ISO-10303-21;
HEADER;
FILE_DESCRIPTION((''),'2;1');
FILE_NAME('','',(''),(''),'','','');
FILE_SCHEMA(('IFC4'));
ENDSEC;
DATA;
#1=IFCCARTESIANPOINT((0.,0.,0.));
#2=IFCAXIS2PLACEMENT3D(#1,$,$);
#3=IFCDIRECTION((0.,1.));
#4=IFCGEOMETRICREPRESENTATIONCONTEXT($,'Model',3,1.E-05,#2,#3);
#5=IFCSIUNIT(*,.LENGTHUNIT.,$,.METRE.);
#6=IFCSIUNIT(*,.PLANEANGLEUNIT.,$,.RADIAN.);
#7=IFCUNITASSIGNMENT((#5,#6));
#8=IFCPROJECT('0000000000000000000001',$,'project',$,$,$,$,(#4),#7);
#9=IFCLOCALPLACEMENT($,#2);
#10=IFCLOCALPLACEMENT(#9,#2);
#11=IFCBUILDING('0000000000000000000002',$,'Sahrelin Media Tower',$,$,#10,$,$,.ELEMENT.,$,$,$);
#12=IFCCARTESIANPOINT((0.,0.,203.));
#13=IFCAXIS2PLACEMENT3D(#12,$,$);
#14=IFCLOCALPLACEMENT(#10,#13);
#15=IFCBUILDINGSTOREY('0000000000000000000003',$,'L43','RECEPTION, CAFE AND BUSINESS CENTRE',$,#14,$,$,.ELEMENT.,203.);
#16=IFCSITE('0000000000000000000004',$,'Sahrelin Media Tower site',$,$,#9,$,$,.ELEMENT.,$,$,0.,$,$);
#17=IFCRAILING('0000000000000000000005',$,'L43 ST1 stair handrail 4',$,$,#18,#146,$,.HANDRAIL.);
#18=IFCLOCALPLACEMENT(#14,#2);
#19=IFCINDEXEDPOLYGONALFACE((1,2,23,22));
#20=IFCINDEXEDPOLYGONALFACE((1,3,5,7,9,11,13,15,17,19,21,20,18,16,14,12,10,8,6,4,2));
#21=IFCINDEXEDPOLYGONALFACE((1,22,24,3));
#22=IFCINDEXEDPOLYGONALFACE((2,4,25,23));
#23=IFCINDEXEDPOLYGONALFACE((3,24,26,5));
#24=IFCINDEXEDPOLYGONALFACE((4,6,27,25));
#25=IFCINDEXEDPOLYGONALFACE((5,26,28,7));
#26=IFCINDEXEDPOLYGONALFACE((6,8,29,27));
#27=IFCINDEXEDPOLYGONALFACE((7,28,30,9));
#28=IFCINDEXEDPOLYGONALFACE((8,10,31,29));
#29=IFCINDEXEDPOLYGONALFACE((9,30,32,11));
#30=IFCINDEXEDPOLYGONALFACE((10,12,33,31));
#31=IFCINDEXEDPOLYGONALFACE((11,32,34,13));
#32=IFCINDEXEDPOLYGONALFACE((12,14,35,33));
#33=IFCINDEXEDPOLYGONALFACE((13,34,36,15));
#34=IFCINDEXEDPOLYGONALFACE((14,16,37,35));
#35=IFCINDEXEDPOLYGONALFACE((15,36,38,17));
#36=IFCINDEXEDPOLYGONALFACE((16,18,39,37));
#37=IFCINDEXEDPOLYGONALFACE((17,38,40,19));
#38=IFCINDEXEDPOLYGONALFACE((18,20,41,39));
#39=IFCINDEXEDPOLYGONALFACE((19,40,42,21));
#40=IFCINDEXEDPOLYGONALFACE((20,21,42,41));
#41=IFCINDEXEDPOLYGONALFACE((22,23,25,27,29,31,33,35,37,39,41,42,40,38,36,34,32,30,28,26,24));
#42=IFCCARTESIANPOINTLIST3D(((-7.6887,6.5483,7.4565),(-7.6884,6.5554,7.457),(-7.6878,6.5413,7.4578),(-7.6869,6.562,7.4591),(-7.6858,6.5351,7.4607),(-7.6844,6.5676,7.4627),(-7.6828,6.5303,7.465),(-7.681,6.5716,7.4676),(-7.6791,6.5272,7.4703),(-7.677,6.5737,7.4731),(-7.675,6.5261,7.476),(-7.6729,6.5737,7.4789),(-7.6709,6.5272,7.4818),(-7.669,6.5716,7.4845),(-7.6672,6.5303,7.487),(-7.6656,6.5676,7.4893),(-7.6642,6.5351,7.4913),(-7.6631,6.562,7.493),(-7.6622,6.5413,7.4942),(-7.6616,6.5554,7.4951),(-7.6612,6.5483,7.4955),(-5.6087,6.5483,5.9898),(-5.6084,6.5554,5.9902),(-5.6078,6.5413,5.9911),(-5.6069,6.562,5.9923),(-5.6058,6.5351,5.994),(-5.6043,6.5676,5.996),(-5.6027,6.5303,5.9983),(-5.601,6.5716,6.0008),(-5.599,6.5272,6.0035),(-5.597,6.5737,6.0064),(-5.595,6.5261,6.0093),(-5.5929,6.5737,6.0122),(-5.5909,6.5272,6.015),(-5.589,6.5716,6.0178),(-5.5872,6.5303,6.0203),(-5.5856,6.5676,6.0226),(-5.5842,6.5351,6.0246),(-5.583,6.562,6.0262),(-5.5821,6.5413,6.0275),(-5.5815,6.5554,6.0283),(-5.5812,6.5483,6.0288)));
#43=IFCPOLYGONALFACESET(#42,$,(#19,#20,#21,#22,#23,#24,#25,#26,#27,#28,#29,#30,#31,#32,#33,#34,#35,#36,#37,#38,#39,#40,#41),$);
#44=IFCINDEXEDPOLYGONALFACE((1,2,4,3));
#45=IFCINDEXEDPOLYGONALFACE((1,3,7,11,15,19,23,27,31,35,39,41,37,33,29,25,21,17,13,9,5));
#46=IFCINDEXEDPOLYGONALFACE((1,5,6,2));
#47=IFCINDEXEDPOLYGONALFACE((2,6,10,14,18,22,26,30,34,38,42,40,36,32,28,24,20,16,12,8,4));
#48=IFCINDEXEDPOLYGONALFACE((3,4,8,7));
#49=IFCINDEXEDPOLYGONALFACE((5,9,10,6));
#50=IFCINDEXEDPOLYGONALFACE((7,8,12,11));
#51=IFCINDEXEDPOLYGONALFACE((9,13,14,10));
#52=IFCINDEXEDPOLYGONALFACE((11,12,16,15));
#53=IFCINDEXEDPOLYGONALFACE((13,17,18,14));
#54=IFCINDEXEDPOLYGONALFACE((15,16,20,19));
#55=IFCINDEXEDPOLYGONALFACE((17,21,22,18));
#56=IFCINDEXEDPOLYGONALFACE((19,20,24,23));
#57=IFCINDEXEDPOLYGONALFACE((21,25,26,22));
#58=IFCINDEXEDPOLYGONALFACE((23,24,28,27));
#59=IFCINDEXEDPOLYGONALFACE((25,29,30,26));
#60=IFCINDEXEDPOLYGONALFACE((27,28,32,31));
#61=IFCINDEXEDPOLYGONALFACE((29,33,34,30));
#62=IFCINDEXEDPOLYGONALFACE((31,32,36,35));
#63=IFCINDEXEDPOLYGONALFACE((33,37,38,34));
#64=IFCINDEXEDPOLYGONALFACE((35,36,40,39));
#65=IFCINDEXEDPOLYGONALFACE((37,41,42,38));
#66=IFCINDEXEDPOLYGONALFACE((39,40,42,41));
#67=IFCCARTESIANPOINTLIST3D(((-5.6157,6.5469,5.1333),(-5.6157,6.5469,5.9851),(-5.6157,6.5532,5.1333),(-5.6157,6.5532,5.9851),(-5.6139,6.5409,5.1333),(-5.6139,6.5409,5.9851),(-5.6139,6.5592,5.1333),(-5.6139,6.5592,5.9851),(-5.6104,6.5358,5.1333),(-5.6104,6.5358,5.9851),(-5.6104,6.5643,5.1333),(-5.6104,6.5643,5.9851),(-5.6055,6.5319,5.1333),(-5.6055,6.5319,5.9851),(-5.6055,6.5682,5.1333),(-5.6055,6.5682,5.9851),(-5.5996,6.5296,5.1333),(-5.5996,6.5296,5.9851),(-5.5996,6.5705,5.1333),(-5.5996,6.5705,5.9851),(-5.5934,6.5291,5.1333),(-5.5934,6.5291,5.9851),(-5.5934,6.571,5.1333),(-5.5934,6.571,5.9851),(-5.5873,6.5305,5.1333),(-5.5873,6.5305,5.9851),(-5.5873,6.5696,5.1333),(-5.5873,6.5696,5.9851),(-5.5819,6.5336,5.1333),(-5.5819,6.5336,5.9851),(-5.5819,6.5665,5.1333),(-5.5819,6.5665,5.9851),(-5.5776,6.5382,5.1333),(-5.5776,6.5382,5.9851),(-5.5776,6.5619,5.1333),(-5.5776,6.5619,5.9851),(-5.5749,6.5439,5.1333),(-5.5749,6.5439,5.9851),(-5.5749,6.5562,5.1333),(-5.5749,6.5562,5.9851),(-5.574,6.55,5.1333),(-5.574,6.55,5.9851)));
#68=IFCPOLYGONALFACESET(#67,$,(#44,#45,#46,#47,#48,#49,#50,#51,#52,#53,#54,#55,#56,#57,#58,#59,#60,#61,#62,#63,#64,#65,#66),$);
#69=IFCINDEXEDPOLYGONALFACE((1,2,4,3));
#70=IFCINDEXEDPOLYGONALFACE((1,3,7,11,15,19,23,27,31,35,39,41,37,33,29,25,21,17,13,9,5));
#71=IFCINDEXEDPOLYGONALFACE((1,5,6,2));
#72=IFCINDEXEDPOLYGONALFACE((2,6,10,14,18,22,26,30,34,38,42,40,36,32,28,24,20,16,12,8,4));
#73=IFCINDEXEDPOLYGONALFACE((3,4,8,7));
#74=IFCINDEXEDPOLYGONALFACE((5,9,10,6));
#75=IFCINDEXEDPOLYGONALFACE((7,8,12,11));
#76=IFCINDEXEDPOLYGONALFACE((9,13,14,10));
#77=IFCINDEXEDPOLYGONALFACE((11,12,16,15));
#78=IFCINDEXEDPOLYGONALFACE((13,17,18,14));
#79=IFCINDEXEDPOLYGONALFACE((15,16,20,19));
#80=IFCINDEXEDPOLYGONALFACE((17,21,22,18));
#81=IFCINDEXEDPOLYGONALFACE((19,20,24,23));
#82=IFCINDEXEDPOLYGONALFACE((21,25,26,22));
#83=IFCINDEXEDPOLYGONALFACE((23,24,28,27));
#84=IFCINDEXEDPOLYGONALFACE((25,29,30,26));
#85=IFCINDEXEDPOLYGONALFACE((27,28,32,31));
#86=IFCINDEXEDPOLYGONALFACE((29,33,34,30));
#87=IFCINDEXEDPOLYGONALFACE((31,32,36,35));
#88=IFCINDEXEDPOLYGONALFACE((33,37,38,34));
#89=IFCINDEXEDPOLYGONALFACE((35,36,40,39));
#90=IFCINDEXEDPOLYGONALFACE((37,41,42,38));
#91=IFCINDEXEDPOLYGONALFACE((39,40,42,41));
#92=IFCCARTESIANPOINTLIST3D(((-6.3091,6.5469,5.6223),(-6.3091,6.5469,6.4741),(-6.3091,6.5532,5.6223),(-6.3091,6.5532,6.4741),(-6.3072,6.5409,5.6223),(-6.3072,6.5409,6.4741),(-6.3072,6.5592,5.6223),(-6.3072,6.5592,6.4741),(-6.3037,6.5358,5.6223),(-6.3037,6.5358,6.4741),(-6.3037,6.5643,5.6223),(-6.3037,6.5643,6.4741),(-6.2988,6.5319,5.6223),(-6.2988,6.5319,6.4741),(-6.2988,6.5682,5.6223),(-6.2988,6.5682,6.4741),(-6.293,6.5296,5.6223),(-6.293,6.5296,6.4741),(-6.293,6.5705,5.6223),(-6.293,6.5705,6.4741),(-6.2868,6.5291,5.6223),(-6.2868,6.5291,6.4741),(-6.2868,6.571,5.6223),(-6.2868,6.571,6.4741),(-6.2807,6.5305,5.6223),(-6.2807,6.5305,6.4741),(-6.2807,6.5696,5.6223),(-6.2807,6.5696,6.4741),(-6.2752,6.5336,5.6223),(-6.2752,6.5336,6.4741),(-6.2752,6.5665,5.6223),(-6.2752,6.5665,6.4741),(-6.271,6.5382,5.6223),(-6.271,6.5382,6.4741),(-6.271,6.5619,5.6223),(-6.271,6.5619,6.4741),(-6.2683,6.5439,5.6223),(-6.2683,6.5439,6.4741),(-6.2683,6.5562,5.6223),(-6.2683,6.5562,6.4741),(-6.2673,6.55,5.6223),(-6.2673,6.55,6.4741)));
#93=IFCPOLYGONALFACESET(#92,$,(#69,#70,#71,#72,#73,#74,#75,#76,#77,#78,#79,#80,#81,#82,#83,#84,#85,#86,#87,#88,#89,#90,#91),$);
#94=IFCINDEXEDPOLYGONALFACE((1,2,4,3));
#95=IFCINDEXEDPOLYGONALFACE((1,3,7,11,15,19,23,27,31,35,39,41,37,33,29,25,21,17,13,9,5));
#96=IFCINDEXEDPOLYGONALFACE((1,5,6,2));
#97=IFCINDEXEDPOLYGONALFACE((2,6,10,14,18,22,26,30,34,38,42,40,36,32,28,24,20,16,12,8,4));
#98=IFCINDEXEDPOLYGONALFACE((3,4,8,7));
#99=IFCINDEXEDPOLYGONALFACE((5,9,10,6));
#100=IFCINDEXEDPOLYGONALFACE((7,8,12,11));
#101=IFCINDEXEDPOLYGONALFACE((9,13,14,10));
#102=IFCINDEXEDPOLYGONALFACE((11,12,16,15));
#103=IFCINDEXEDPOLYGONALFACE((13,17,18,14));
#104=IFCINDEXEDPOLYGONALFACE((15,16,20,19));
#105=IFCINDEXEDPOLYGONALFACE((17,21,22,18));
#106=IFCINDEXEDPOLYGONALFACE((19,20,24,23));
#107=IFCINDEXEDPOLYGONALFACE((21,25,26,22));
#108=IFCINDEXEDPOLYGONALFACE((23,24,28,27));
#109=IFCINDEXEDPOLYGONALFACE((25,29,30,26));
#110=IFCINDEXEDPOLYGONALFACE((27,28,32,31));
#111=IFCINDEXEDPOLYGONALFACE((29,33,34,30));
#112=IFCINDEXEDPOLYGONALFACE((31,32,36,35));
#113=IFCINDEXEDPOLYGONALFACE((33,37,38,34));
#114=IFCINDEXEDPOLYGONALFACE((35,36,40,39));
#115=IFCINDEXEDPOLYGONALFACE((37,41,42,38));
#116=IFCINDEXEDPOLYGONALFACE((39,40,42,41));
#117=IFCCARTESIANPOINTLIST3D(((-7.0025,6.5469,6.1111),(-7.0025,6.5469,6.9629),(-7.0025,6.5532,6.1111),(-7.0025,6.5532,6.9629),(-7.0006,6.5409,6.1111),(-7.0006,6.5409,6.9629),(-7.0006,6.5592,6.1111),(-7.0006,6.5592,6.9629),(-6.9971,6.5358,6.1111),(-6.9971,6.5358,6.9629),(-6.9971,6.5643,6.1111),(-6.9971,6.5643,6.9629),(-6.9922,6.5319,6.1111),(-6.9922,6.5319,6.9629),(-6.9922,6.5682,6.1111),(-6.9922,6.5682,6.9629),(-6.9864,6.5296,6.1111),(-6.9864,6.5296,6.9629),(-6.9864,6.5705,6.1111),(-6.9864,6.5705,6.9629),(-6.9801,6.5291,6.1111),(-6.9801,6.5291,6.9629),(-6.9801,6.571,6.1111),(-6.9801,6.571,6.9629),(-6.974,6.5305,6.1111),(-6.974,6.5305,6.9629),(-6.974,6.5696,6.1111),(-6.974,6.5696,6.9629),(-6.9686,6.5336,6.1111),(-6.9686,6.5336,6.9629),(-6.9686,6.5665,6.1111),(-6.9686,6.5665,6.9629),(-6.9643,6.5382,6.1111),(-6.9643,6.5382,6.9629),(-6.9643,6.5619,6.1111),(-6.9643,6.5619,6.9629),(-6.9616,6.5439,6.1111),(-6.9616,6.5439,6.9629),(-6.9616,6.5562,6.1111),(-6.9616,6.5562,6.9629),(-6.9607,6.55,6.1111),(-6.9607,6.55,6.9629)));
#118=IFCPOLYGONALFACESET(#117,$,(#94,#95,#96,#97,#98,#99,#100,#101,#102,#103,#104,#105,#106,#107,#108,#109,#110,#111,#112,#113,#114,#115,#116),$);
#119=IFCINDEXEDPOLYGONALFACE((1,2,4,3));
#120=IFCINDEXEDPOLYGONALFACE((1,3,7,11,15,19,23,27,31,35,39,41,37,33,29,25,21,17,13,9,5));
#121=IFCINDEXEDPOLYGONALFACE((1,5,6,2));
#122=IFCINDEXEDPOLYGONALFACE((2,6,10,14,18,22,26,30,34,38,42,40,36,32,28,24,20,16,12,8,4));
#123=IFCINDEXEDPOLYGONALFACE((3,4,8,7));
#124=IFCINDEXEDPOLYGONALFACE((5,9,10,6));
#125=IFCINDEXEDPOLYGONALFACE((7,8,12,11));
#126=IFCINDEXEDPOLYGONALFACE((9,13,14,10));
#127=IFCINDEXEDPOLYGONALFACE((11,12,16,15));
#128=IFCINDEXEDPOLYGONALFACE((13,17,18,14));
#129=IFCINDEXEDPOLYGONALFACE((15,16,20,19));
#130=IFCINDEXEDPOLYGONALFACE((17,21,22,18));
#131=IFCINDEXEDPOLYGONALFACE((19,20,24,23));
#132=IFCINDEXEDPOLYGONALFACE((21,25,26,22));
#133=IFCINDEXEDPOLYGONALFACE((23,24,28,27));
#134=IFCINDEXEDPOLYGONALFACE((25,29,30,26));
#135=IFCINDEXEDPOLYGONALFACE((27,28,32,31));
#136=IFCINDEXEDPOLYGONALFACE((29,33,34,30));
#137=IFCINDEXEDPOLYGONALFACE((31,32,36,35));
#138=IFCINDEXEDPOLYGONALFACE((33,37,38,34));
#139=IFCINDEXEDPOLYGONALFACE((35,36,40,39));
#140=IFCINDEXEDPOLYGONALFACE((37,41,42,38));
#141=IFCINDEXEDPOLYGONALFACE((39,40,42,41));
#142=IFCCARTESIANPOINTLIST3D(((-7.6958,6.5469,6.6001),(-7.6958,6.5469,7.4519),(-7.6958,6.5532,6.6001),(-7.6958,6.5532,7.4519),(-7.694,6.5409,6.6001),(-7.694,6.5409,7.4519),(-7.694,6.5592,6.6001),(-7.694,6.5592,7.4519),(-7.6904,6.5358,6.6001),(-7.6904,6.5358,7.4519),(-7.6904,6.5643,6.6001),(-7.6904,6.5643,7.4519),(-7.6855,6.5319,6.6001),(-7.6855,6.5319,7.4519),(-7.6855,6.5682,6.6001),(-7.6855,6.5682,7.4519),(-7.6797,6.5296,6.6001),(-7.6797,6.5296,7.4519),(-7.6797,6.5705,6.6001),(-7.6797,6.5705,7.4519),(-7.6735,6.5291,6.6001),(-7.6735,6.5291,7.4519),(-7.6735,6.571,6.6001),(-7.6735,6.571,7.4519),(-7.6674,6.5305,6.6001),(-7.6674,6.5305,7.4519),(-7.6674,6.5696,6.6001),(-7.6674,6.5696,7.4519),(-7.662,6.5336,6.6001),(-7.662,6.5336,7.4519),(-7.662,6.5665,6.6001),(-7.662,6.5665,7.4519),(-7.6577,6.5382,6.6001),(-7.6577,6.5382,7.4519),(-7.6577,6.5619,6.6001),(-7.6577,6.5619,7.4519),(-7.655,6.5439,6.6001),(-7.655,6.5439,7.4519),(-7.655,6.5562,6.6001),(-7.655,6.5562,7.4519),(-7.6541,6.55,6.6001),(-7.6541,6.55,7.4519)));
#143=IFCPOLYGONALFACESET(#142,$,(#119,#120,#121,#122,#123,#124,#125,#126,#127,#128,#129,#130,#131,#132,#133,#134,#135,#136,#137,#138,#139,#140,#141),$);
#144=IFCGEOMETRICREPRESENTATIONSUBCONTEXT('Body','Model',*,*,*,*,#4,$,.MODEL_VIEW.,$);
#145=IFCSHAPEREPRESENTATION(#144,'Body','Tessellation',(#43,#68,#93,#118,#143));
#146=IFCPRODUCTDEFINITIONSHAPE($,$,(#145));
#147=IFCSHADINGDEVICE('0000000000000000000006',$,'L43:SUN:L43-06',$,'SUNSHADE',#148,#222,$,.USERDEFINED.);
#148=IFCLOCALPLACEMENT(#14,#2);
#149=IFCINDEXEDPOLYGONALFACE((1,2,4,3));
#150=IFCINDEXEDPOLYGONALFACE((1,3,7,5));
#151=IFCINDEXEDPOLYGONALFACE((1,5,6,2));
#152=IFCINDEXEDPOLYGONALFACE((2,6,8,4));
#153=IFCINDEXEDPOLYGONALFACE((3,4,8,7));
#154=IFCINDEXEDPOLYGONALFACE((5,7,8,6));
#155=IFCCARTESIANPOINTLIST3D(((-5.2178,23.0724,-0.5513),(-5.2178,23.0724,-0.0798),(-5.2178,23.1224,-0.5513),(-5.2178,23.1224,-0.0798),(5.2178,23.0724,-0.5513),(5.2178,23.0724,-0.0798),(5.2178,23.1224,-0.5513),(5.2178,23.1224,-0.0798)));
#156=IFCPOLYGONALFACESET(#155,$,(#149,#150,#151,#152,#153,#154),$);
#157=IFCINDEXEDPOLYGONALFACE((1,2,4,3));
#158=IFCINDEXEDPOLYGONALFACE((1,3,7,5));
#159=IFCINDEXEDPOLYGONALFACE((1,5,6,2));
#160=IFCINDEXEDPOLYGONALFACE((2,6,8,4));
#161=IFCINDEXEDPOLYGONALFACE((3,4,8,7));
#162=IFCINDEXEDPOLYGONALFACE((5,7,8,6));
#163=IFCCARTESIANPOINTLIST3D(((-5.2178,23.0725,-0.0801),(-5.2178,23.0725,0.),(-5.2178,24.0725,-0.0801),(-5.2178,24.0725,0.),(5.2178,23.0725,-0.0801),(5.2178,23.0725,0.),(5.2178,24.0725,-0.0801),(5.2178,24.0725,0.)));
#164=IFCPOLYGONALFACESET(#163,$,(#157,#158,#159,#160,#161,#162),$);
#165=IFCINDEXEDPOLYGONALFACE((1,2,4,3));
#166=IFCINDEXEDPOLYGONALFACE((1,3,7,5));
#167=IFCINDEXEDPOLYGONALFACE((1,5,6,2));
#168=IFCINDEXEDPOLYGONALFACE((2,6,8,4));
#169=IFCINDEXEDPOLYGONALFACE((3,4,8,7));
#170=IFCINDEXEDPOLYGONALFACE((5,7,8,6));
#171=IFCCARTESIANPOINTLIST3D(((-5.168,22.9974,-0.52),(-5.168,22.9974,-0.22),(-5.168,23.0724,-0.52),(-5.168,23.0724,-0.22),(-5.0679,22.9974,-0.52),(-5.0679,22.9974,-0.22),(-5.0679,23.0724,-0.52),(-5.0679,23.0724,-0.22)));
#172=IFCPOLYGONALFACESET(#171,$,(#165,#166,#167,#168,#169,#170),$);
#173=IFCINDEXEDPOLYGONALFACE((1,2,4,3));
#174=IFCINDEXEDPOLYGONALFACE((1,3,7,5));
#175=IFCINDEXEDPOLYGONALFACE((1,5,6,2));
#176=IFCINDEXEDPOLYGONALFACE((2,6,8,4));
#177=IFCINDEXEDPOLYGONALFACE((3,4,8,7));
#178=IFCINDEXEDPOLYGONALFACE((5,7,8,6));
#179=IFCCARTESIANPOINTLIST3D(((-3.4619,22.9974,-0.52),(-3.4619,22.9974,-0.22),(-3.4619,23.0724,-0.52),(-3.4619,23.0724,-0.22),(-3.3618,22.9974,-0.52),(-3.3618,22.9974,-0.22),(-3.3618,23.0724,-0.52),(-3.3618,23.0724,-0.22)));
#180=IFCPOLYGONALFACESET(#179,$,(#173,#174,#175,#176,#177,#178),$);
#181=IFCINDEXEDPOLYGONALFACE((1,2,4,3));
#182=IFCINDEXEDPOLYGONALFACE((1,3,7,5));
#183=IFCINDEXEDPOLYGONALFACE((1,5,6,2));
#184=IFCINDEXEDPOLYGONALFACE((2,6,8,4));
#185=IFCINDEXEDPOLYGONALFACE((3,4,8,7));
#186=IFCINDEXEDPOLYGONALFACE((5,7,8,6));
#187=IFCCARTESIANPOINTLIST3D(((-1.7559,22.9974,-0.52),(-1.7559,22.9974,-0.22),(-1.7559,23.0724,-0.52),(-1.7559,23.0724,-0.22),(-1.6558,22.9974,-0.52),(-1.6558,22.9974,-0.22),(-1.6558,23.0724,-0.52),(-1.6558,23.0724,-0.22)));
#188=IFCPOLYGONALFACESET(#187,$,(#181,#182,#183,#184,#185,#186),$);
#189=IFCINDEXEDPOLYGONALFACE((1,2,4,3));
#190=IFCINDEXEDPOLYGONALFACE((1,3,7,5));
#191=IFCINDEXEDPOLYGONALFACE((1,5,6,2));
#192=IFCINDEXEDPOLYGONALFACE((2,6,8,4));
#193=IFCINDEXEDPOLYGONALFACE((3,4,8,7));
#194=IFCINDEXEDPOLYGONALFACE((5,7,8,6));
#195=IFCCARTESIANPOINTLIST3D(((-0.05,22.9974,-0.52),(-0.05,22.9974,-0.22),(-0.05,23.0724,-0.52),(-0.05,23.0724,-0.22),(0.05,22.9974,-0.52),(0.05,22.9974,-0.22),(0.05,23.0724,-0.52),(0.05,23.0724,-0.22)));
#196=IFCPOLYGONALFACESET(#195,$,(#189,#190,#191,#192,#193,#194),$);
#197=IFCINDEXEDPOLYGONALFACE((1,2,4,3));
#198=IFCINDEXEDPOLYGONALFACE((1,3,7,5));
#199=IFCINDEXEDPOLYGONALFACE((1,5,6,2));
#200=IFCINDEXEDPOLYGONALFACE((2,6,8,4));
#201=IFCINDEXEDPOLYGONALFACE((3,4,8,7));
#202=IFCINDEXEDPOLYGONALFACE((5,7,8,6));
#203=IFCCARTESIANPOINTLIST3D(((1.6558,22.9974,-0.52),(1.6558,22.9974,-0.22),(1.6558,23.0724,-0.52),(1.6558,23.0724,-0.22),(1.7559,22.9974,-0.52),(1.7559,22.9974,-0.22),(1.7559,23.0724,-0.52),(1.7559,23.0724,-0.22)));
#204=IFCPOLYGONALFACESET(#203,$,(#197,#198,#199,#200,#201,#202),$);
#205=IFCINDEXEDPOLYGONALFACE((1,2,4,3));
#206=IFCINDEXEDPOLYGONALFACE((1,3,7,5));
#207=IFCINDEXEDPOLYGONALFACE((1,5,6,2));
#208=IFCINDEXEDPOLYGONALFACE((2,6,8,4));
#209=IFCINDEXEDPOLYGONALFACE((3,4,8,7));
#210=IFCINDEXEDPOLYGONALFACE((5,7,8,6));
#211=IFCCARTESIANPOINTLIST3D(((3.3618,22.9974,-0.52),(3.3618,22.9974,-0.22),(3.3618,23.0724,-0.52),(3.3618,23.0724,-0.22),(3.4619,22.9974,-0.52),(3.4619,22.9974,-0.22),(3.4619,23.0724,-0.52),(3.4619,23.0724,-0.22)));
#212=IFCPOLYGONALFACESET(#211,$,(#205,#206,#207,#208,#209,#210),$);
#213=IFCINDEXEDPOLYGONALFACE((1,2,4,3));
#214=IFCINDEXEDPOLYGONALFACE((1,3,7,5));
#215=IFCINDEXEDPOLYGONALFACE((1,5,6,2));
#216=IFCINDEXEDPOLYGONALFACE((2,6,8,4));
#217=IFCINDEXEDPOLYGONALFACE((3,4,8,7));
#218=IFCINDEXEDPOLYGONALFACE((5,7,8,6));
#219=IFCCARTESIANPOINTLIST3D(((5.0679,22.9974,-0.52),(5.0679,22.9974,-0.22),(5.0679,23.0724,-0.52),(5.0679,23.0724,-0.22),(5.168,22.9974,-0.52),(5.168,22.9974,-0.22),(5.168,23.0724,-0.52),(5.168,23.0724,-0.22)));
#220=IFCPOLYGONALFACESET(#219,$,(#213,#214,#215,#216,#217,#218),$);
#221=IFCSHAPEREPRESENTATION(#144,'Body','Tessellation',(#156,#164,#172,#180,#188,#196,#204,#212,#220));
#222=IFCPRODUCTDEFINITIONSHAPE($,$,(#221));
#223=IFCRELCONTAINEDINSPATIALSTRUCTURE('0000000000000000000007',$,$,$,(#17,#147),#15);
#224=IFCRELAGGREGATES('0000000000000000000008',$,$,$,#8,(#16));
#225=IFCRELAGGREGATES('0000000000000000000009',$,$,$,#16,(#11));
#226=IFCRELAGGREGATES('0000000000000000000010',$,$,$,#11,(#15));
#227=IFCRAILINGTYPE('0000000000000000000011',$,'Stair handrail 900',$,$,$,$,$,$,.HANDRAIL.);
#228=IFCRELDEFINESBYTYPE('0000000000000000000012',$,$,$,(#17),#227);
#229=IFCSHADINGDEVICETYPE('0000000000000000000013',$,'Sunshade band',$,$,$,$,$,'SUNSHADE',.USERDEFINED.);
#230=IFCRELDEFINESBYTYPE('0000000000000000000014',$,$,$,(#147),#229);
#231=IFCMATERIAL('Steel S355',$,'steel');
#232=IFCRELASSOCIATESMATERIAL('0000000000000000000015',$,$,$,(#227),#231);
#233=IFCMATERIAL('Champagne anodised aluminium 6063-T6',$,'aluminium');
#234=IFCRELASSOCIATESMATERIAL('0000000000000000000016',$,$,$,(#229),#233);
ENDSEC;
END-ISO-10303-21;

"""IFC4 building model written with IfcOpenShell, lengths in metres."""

from ifc_helpers import new_model, si_unit, direction, frame, origin, origin_2d, place, context, subcontext, project, spatial, rectangle, circle, extrude, material, type_object, element, save


model = new_model("IFC4")

# Units and contexts
model_context = context("Model", 3, precision=1e-05, world=origin(), true_north=direction((0.0, 1.0)))
body_context = subcontext(model_context, "Body", "Model", "MODEL_VIEW")
ifc_project = project(units=[si_unit("LENGTHUNIT", "METRE"), si_unit("PLANEANGLEUNIT", "RADIAN")], contexts=[model_context])

# Site, building, storey
site_placement = place(None, origin())
site = spatial("IfcSite", under=ifc_project, at=site_placement, Name="Sahrelin Media Tower site", CompositionType="ELEMENT", RefElevation=0.0)
building_placement = place(site_placement, origin())
building = spatial("IfcBuilding", under=site, at=building_placement, Name="Sahrelin Media Tower", CompositionType="ELEMENT")
storey_placement = place(building_placement, frame((0.0, 0.0, 203.0)))
storey = spatial("IfcBuildingStorey", under=building, at=storey_placement, Name="L43", Description="RECEPTION, CAFE AND BUSINESS CENTRE", CompositionType="ELEMENT", Elevation=203.0)

# Shared definitions
ifc_material_1 = material(Name="Steel S355", Category="steel")

# Shared definitions
ifc_material_2 = material(Name="Champagne anodised aluminium 6063-T6", Category="aluminium")
placement_1 = place(storey_placement, frame((0.0, 23.0525, 0.0), z_axis=(0.0, 0.0, 1.0), x_axis=(1.0, 0.0, 0.0)))

# Railing
railing_type = type_object("IfcRailingType", Name="Stair handrail 900", PredefinedType="HANDRAIL", material=ifc_material_1)
railing_placement = place(storey_placement, frame((-5.595, 6.55, 5.1333)))
element("IfcRailing", 1, at=railing_placement, inside=storey, type_object=railing_type, Name="L43 ST1 stair handrail 4", PredefinedType="HANDRAIL", context=body_context, shape_type="SweptSolid", body=[
    extrude(circle(Radius=0.0239, at=origin_2d()), frame((0.0, 0.0, 0.876), z_axis=(-0.817244, 0.0, 0.576291), x_axis=(0.0, -1.0, 0.0)), (0.0, 0.0, 1.0), 2.5452),
    extrude(circle(Radius=0.021, at=origin_2d()), origin(), (0.0, 0.0, 1.0), 0.8518),
    extrude(circle(Radius=0.021, at=origin_2d()), frame((-0.6934, 0.0, 0.489)), (0.0, 0.0, 1.0), 0.8518),
    extrude(circle(Radius=0.021, at=origin_2d()), frame((-1.3867, 0.0, 0.9778)), (0.0, 0.0, 1.0), 0.8518),
    extrude(circle(Radius=0.021, at=origin_2d()), frame((-2.0801, 0.0, 1.4668)), (0.0, 0.0, 1.0), 0.8518),
])

# Shading device
shading_device_type_1 = type_object("IfcShadingDeviceType", Name="Sunshade band", ElementType="SUNSHADE", PredefinedType="USERDEFINED", material=ifc_material_2)
element("IfcShadingDevice", 2, at=placement_1, inside=storey, type_object=shading_device_type_1, Name="L43:SUN:L43-06", ObjectType="SUNSHADE", PredefinedType="USERDEFINED", context=body_context, shape_type="SweptSolid", body=[
    extrude(rectangle(XDim=10.4355, YDim=0.05, at=origin_2d()), frame((0.0, 0.0449, -0.5513)), (0.0, 0.0, 1.0), 0.4714),
    extrude(rectangle(XDim=10.4355, YDim=1.0, at=origin_2d()), frame((0.0, 0.52, -0.0801)), (0.0, 0.0, 1.0), 0.0801),
    extrude(rectangle(XDim=0.1001, YDim=0.075, at=origin_2d()), frame((-5.1179, -0.0176, -0.52)), (0.0, 0.0, 1.0), 0.3),
    extrude(rectangle(XDim=0.1001, YDim=0.075, at=origin_2d()), frame((-3.4119, -0.0176, -0.52)), (0.0, 0.0, 1.0), 0.3),
    extrude(rectangle(XDim=0.1001, YDim=0.075, at=origin_2d()), frame((-1.7058, -0.0176, -0.52)), (0.0, 0.0, 1.0), 0.3),
    extrude(rectangle(XDim=0.1001, YDim=0.075, at=origin_2d()), frame((0.0, -0.0176, -0.52)), (0.0, 0.0, 1.0), 0.3),
    extrude(rectangle(XDim=0.1001, YDim=0.075, at=origin_2d()), frame((1.7058, -0.0176, -0.52)), (0.0, 0.0, 1.0), 0.3),
    extrude(rectangle(XDim=0.1001, YDim=0.075, at=origin_2d()), frame((3.4119, -0.0176, -0.52)), (0.0, 0.0, 1.0), 0.3),
    extrude(rectangle(XDim=0.1001, YDim=0.075, at=origin_2d()), frame((5.1179, -0.0176, -0.52)), (0.0, 0.0, 1.0), 0.3),
])

save(model, "model.ifc")
